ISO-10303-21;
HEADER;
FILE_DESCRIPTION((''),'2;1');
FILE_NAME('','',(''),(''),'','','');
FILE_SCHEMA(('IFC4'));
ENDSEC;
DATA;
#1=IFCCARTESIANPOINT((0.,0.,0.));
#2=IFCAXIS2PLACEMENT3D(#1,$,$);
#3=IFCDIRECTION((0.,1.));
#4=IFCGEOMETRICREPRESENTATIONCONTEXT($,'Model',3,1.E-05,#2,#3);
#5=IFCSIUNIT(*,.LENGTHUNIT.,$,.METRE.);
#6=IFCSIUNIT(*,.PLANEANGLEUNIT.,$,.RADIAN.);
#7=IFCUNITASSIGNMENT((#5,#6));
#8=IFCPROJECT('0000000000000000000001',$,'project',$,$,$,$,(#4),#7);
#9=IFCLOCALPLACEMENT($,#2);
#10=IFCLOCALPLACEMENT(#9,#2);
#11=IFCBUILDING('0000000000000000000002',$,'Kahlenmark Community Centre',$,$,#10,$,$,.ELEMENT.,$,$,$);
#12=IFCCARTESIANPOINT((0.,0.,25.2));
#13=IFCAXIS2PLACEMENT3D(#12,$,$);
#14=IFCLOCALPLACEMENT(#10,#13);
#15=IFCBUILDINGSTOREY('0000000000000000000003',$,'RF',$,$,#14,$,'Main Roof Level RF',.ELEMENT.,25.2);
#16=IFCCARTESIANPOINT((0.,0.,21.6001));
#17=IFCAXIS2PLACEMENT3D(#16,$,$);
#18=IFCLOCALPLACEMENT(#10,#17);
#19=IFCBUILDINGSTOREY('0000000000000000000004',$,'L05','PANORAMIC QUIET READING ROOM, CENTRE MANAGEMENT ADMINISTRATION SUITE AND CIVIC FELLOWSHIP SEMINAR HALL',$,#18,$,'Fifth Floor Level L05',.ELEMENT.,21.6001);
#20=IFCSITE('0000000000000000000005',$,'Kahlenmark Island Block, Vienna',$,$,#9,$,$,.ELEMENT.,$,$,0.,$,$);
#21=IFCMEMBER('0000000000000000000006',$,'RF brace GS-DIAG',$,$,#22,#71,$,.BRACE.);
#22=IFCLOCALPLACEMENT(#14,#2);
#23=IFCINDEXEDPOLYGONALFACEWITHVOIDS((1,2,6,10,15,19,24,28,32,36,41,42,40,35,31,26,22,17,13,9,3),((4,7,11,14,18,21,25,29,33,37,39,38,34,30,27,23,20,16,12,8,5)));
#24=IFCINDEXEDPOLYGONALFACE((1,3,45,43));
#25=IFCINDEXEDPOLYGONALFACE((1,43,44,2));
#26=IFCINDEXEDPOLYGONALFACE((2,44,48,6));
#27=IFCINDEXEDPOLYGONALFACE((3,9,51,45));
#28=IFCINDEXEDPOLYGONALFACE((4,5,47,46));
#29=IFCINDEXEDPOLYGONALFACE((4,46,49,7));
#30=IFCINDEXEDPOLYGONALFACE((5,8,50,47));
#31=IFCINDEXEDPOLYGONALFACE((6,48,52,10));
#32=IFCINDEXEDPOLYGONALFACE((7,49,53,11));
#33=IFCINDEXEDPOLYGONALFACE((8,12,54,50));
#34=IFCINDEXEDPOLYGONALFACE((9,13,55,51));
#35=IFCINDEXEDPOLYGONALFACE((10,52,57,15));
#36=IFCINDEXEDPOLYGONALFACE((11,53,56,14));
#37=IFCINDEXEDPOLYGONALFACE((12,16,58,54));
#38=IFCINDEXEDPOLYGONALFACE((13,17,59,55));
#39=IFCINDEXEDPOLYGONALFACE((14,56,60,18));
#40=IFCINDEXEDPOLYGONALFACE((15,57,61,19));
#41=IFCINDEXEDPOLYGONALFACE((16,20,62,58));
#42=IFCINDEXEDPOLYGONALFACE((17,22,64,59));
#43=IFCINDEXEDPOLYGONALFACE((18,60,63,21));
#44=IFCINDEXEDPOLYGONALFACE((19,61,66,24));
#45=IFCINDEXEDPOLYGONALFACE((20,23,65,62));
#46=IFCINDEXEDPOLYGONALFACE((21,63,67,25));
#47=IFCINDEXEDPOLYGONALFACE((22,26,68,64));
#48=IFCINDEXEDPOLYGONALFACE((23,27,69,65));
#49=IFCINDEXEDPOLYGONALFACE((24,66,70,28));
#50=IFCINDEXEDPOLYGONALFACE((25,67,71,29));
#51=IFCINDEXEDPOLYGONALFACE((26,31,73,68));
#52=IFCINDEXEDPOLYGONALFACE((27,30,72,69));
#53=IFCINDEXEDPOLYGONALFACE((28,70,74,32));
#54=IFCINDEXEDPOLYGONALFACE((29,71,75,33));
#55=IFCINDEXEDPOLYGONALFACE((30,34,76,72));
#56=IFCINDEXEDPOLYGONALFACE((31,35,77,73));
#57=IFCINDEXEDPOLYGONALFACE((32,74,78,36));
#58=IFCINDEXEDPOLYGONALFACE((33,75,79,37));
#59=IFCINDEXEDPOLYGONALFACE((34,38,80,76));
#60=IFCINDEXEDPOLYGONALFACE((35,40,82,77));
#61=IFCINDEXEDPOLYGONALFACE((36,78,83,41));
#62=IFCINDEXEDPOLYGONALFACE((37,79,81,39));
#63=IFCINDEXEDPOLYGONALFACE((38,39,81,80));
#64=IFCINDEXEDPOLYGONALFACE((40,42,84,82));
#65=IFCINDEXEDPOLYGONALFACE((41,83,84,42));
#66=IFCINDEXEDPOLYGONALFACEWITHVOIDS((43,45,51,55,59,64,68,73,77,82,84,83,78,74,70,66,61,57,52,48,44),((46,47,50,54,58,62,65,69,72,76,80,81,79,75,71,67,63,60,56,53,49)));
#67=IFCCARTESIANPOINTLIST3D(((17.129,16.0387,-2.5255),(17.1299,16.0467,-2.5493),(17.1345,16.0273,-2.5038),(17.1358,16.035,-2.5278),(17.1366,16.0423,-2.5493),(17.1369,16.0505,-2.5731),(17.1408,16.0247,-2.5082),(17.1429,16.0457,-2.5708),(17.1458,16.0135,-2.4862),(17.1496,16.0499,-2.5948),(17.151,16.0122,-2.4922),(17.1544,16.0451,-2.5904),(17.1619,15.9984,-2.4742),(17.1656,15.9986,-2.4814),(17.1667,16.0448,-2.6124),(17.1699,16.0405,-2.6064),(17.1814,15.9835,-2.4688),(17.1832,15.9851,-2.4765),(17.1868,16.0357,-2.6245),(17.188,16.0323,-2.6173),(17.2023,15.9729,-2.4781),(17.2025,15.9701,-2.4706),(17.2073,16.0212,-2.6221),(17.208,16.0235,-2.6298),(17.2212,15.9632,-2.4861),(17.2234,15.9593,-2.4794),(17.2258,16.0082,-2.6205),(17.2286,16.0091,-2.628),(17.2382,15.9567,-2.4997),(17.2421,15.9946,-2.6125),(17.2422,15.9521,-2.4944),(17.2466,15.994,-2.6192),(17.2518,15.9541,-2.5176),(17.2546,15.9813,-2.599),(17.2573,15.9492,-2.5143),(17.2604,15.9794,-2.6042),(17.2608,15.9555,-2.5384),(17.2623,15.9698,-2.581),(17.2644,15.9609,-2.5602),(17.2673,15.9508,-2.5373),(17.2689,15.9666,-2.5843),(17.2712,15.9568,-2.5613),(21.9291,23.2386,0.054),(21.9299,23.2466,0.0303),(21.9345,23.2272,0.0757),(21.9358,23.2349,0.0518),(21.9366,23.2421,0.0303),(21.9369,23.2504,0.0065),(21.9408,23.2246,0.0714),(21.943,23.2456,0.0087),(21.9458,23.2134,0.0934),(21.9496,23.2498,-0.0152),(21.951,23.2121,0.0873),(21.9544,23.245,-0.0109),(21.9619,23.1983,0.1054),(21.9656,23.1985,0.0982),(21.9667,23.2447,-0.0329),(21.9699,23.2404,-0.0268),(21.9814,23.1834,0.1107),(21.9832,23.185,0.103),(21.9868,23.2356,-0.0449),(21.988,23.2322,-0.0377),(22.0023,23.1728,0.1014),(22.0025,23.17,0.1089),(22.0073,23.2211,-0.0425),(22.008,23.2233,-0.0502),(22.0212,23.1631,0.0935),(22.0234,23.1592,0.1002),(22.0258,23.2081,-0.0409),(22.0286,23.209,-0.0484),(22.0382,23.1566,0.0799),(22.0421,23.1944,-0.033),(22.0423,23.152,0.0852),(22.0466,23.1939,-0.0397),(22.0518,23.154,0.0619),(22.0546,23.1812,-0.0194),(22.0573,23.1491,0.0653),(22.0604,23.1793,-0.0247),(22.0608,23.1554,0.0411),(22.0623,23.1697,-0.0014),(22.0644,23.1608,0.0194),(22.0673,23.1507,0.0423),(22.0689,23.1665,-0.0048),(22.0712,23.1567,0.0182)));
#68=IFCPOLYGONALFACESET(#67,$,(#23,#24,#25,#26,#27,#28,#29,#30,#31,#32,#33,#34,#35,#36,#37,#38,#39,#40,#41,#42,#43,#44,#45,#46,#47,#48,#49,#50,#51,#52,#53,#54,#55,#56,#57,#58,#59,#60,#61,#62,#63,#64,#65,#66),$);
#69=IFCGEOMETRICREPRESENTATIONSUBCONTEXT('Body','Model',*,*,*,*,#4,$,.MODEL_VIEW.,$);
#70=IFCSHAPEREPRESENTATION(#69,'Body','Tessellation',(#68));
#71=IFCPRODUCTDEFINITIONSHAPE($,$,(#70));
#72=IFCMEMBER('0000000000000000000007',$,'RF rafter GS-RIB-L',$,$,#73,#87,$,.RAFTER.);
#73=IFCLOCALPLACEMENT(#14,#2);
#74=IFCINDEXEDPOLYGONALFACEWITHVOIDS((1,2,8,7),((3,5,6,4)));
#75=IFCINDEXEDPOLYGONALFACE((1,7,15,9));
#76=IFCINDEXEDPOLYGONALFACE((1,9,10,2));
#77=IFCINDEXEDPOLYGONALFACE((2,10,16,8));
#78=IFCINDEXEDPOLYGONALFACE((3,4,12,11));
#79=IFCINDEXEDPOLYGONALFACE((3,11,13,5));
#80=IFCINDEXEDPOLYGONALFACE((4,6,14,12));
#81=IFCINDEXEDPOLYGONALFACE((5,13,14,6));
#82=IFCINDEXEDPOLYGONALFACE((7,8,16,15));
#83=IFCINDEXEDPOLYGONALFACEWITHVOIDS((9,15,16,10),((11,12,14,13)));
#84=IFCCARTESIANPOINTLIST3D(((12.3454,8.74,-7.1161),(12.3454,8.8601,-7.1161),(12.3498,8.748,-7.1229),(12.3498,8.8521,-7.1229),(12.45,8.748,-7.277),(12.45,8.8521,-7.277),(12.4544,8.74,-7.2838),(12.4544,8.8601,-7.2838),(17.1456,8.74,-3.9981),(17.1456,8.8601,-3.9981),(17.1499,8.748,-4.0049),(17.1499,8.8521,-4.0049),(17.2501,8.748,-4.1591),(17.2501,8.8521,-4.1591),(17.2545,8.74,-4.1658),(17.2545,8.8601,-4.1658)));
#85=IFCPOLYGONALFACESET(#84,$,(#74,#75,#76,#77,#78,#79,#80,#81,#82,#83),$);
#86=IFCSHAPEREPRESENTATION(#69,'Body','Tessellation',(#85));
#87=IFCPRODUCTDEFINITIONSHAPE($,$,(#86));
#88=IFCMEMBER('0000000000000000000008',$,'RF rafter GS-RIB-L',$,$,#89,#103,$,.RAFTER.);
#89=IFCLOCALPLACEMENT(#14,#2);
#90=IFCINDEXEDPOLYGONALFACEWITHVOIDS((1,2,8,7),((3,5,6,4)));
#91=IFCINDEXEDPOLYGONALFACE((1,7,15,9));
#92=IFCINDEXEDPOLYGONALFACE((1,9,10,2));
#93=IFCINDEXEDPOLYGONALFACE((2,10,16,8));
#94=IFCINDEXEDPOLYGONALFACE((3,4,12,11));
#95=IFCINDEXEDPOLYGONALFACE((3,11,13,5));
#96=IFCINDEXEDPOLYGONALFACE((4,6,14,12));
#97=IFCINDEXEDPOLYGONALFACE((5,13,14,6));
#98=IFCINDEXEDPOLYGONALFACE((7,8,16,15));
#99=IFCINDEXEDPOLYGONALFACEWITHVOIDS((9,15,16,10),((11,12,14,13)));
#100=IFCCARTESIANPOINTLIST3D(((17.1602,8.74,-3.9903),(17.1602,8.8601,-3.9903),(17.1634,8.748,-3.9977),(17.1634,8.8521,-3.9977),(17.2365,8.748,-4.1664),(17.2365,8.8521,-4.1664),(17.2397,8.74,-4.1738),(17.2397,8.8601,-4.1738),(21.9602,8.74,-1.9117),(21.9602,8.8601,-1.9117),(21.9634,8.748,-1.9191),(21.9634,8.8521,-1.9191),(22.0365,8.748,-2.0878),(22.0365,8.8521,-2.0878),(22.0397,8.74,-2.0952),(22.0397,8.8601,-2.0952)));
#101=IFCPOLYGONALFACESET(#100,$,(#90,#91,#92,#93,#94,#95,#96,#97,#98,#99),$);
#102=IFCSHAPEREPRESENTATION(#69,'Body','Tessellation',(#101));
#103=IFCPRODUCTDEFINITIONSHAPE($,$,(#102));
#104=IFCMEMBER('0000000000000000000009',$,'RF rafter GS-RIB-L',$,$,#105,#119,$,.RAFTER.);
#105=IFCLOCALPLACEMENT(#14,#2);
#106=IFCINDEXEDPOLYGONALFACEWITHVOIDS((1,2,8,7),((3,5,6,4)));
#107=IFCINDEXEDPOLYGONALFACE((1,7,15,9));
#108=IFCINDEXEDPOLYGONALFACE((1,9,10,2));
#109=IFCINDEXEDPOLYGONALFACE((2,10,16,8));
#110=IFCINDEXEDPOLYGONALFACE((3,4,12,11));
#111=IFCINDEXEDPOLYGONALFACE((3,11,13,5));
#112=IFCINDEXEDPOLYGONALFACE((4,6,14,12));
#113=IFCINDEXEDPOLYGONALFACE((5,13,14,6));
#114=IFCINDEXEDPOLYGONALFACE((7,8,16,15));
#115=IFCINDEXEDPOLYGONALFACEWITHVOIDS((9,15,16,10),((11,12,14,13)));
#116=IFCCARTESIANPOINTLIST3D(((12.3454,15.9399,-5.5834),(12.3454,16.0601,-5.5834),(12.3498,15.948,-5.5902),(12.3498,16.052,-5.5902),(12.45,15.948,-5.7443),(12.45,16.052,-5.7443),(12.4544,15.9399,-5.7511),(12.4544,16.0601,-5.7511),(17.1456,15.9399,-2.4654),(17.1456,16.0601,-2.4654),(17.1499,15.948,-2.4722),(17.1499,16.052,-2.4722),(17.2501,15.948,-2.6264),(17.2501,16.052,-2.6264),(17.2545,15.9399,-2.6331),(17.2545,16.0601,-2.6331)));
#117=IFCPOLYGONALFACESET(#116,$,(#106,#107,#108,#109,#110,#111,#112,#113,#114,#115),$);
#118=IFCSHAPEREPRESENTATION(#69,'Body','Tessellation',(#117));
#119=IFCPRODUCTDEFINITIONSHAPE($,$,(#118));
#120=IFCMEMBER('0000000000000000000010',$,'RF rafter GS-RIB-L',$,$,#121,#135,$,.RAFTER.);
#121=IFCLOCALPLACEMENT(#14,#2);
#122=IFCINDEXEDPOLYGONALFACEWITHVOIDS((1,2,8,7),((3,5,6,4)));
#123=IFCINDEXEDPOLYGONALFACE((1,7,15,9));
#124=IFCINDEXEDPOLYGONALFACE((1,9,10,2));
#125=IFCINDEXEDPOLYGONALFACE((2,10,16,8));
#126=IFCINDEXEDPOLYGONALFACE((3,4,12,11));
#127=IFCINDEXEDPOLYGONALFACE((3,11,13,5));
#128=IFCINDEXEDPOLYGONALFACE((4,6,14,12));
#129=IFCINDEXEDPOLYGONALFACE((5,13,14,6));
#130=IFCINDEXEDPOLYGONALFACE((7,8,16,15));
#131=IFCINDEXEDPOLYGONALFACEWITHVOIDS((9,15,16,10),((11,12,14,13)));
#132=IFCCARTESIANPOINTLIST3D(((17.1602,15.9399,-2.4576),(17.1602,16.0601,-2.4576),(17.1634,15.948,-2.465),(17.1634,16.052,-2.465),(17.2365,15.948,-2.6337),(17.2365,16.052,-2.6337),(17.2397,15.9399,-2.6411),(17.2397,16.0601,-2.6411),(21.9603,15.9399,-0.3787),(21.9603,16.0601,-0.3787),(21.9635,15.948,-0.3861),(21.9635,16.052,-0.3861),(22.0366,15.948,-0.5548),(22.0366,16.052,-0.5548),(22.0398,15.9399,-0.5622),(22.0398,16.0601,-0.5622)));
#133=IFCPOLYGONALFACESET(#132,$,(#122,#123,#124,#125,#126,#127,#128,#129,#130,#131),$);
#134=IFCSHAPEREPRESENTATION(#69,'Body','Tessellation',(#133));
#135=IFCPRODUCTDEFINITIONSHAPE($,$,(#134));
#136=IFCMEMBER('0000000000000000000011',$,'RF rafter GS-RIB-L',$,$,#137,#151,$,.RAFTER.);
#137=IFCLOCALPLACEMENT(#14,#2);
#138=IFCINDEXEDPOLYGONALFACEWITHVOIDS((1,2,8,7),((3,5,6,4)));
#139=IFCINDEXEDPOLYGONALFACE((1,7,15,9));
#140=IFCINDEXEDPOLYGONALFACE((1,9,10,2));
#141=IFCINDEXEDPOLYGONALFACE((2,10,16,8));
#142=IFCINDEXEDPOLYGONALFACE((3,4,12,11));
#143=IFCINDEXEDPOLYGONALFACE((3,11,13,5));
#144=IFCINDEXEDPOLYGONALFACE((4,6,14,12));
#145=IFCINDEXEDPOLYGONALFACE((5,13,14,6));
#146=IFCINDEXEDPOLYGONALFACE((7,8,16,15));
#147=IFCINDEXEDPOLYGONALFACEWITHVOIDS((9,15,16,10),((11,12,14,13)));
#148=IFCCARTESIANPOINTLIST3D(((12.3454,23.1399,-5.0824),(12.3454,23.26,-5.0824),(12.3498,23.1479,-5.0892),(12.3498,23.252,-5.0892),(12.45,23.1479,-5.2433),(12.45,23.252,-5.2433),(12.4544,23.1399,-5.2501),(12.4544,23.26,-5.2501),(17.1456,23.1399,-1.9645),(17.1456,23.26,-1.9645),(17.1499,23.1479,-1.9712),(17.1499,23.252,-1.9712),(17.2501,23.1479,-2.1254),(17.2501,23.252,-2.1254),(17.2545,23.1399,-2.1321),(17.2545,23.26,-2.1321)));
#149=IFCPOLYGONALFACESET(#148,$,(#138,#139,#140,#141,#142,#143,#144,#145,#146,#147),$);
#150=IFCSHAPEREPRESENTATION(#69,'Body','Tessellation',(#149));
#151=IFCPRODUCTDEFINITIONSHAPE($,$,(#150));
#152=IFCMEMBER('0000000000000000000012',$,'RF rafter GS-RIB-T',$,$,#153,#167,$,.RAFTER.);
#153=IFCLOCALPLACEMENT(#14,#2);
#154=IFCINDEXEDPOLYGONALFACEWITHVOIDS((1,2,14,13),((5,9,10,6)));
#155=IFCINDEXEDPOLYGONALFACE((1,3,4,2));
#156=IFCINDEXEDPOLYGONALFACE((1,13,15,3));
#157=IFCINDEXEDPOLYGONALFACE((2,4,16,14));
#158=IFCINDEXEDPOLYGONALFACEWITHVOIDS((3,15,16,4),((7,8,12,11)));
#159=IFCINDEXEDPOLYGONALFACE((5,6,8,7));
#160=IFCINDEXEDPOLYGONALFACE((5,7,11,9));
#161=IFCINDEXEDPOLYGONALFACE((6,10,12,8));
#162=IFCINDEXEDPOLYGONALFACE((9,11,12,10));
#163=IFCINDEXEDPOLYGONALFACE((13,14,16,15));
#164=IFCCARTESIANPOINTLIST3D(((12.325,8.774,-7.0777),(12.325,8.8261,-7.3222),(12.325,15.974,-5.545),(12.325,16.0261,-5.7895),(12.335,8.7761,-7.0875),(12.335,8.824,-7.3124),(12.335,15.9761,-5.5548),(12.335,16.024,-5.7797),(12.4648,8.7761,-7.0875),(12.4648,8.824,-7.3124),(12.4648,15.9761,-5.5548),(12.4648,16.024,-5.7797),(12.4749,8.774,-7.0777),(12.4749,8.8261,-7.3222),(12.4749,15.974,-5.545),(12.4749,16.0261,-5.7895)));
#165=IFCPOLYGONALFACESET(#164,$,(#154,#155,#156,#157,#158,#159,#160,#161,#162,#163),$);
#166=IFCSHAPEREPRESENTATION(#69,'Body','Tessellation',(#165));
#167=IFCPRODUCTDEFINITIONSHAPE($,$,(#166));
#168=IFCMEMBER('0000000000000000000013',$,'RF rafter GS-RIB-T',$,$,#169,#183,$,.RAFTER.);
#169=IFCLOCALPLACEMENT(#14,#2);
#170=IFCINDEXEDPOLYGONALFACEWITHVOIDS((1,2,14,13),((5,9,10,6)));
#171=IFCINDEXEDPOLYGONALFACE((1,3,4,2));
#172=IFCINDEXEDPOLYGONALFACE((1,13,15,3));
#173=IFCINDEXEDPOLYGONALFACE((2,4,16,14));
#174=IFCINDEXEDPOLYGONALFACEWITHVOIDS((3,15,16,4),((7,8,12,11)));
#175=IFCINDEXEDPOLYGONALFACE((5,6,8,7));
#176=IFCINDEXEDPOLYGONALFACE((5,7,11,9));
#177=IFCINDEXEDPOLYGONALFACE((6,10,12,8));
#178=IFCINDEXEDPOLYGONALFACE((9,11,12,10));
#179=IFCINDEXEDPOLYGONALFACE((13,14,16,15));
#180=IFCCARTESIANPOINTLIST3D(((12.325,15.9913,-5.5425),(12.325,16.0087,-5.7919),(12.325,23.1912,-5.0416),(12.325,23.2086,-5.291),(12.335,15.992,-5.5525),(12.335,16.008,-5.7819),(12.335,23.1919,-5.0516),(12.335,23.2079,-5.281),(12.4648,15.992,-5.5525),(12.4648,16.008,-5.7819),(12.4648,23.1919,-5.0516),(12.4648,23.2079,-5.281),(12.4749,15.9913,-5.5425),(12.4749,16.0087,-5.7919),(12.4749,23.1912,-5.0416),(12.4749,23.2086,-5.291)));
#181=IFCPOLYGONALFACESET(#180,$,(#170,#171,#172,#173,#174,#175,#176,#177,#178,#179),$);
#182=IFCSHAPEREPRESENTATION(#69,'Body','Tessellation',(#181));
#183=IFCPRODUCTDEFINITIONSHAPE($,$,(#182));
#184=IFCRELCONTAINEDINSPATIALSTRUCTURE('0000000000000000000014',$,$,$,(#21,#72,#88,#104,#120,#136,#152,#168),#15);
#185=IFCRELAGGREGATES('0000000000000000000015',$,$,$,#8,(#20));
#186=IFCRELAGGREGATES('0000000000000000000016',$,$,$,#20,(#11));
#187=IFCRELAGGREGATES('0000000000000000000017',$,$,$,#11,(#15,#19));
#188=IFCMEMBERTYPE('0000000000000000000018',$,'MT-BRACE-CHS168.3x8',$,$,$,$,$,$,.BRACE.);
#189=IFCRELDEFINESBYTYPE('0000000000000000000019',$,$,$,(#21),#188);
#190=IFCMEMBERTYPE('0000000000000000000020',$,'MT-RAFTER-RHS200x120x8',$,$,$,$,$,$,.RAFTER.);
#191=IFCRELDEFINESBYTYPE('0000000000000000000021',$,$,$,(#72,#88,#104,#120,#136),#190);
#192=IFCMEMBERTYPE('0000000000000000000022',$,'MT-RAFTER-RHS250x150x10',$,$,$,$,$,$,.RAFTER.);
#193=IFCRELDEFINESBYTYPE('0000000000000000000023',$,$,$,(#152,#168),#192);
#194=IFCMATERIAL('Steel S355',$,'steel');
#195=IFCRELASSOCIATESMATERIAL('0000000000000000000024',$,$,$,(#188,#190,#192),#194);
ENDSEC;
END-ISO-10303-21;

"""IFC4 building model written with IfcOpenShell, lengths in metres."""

from ifc_helpers import new_model, si_unit, direction, frame, origin, origin_2d, place, context, subcontext, project, spatial, hollow_rectangle, hollow_circle, extrude, material, material_profile, profile_set, type_object, element, save


model = new_model("IFC4")

# Units and contexts
model_context = context("Model", 3, precision=1e-05, world=origin(), true_north=direction((0.0, 1.0)))
body_context = subcontext(model_context, "Body", "Model", "MODEL_VIEW")
ifc_project = project(units=[si_unit("LENGTHUNIT", "METRE"), si_unit("PLANEANGLEUNIT", "RADIAN")], contexts=[model_context])

# Site, building, storey
site_placement = place(None, origin())
site = spatial("IfcSite", under=ifc_project, at=site_placement, Name="Kahlenmark Island Block, Vienna", CompositionType="ELEMENT", RefElevation=0.0)
building_placement = place(site_placement, origin())
building = spatial("IfcBuilding", under=site, at=building_placement, Name="Kahlenmark Community Centre", CompositionType="ELEMENT")
storey_1_placement = place(building_placement, frame((0.0, 0.0, 25.2)))
storey_1 = spatial("IfcBuildingStorey", under=building, at=storey_1_placement, Name="RF", LongName="Main Roof Level RF", CompositionType="ELEMENT", Elevation=25.2)

# Members
ifc_material_1 = material(Name="Steel S355", Category="steel")
ifc_material_profile_1 = material_profile(ifc_material_1, hollow_circle(Radius=0.0842, WallThickness=0.0081, at=origin_2d()), Name="CHS 168.3x8")
ifc_profile_set_1 = profile_set([ifc_material_profile_1], Name="Steel S355")
member_type_1 = type_object("IfcMemberType", Name="MT-BRACE-CHS168.3x8", PredefinedType="BRACE", material=ifc_profile_set_1)
member_1_placement = place(storey_1_placement, frame((17.2, 16.0, -2.5493), z_axis=(0.531589, 0.79737, 0.285681), x_axis=(-0.832046, 0.554707, 0.0)))
element("IfcMember", 1, at=member_1_placement, inside=storey_1, type_object=member_type_1, Name="RF brace GS-DIAG", PredefinedType="BRACE", context=body_context, shape_type="SweptSolid", body=[
    extrude(hollow_circle(Radius=0.0842, WallThickness=0.0081, at=origin_2d()), origin(), (0.0, 0.0, 1.0), 9.0295),
])
ifc_material_profile_2 = material_profile(ifc_material_1, hollow_rectangle(XDim=0.1201, YDim=0.2, WallThickness=0.0081, at=origin_2d()), Name="RHS 200x120x8")
ifc_profile_set_2 = profile_set([ifc_material_profile_2], Name="Steel S355")
member_type_2 = type_object("IfcMemberType", Name="MT-RAFTER-RHS200x120x8", PredefinedType="RAFTER", material=ifc_profile_set_2)
member_2_placement = place(storey_1_placement, frame((12.3999, 8.8, -7.2), z_axis=(0.838612, 0.0, 0.544729), x_axis=(0.0, 1.0, 0.0)))
element("IfcMember", 2, at=member_2_placement, inside=storey_1, type_object=member_type_2, Name="RF rafter GS-RIB-L", PredefinedType="RAFTER", context=body_context, shape_type="SweptSolid", body=[
    extrude(hollow_rectangle(XDim=0.1201, YDim=0.2, WallThickness=0.0081, at=origin_2d()), origin(), (0.0, 0.0, 1.0), 5.7239),
])
member_3_placement = place(storey_1_placement, frame((17.2, 8.8, -4.082), z_axis=(0.917654, 0.0, 0.397381), x_axis=(0.0, 1.0, 0.0)))
element("IfcMember", 3, at=member_3_placement, inside=storey_1, type_object=member_type_2, Name="RF rafter GS-RIB-L", PredefinedType="RAFTER", context=body_context, shape_type="SweptSolid", body=[
    extrude(hollow_rectangle(XDim=0.1201, YDim=0.2, WallThickness=0.0081, at=origin_2d()), origin(), (0.0, 0.0, 1.0), 5.2307),
])
member_4_placement = place(storey_1_placement, frame((12.3999, 16.0, -5.6672), z_axis=(0.838612, 0.0, 0.544729), x_axis=(0.0, 1.0, 0.0)))
element("IfcMember", 4, at=member_4_placement, inside=storey_1, type_object=member_type_2, Name="RF rafter GS-RIB-L", PredefinedType="RAFTER", context=body_context, shape_type="SweptSolid", body=[
    extrude(hollow_rectangle(XDim=0.1201, YDim=0.2, WallThickness=0.0081, at=origin_2d()), origin(), (0.0, 0.0, 1.0), 5.7239),
])
member_5_placement = place(storey_1_placement, frame((17.2, 16.0, -2.5493), z_axis=(0.917637, 0.0, 0.39742), x_axis=(0.0, 1.0, 0.0)))
element("IfcMember", 5, at=member_5_placement, inside=storey_1, type_object=member_type_2, Name="RF rafter GS-RIB-L", PredefinedType="RAFTER", context=body_context, shape_type="SweptSolid", body=[
    extrude(hollow_rectangle(XDim=0.1201, YDim=0.2, WallThickness=0.0081, at=origin_2d()), origin(), (0.0, 0.0, 1.0), 5.231),
])
member_6_placement = place(storey_1_placement, frame((12.3999, 23.2, -5.1663), z_axis=(0.838612, 0.0, 0.544729), x_axis=(0.0, 1.0, 0.0)))
element("IfcMember", 6, at=member_6_placement, inside=storey_1, type_object=member_type_2, Name="RF rafter GS-RIB-L", PredefinedType="RAFTER", context=body_context, shape_type="SweptSolid", body=[
    extrude(hollow_rectangle(XDim=0.1201, YDim=0.2, WallThickness=0.0081, at=origin_2d()), origin(), (0.0, 0.0, 1.0), 5.7239),
])
ifc_material_profile_3 = material_profile(ifc_material_1, hollow_rectangle(XDim=0.1499, YDim=0.25, WallThickness=0.01, at=origin_2d()), Name="RHS 250x150x10")
ifc_profile_set_3 = profile_set([ifc_material_profile_3], Name="Steel S355")
member_type_3 = type_object("IfcMemberType", Name="MT-RAFTER-RHS250x150x10", PredefinedType="RAFTER", material=ifc_profile_set_3)
member_7_placement = place(storey_1_placement, frame((12.3999, 8.8, -7.2), z_axis=(0.0, 0.978084, 0.208213), x_axis=(-1.0, 0.0, 0.0)))
element("IfcMember", 7, at=member_7_placement, inside=storey_1, type_object=member_type_3, Name="RF rafter GS-RIB-T", PredefinedType="RAFTER", context=body_context, shape_type="SweptSolid", body=[
    extrude(hollow_rectangle(XDim=0.1499, YDim=0.25, WallThickness=0.01, at=origin_2d()), origin(), (0.0, 0.0, 1.0), 7.3613),
])
for number, where, z_axis, x_axis, name in (
    (8, (12.3999, 16.0, -5.6672), (0.0, 0.997588, 0.069413), (-1.0, 0.0, 0.0), "RF rafter GS-RIB-T"),
):
    element("IfcMember", number, at=place(storey_1_placement, frame(where, z_axis=z_axis, x_axis=x_axis)), inside=storey_1, type_object=member_type_3, Name=name, PredefinedType="RAFTER", context=body_context, shape_type="SweptSolid", body=[
        extrude(hollow_rectangle(XDim=0.1499, YDim=0.25, WallThickness=0.01, at=origin_2d()), origin(), (0.0, 0.0, 1.0), 7.2173),
    ])

# Shared definitions
storey_2_placement = place(building_placement, frame((0.0, 0.0, 21.6001)))
storey_2 = spatial("IfcBuildingStorey", under=building, at=storey_2_placement, Name="L05", Description="PANORAMIC QUIET READING ROOM, CENTRE MANAGEMENT ADMINISTRATION SUITE AND CIVIC FELLOWSHIP SEMINAR HALL", LongName="Fifth Floor Level L05", CompositionType="ELEMENT", Elevation=21.6001)

save(model, "model.ifc")
